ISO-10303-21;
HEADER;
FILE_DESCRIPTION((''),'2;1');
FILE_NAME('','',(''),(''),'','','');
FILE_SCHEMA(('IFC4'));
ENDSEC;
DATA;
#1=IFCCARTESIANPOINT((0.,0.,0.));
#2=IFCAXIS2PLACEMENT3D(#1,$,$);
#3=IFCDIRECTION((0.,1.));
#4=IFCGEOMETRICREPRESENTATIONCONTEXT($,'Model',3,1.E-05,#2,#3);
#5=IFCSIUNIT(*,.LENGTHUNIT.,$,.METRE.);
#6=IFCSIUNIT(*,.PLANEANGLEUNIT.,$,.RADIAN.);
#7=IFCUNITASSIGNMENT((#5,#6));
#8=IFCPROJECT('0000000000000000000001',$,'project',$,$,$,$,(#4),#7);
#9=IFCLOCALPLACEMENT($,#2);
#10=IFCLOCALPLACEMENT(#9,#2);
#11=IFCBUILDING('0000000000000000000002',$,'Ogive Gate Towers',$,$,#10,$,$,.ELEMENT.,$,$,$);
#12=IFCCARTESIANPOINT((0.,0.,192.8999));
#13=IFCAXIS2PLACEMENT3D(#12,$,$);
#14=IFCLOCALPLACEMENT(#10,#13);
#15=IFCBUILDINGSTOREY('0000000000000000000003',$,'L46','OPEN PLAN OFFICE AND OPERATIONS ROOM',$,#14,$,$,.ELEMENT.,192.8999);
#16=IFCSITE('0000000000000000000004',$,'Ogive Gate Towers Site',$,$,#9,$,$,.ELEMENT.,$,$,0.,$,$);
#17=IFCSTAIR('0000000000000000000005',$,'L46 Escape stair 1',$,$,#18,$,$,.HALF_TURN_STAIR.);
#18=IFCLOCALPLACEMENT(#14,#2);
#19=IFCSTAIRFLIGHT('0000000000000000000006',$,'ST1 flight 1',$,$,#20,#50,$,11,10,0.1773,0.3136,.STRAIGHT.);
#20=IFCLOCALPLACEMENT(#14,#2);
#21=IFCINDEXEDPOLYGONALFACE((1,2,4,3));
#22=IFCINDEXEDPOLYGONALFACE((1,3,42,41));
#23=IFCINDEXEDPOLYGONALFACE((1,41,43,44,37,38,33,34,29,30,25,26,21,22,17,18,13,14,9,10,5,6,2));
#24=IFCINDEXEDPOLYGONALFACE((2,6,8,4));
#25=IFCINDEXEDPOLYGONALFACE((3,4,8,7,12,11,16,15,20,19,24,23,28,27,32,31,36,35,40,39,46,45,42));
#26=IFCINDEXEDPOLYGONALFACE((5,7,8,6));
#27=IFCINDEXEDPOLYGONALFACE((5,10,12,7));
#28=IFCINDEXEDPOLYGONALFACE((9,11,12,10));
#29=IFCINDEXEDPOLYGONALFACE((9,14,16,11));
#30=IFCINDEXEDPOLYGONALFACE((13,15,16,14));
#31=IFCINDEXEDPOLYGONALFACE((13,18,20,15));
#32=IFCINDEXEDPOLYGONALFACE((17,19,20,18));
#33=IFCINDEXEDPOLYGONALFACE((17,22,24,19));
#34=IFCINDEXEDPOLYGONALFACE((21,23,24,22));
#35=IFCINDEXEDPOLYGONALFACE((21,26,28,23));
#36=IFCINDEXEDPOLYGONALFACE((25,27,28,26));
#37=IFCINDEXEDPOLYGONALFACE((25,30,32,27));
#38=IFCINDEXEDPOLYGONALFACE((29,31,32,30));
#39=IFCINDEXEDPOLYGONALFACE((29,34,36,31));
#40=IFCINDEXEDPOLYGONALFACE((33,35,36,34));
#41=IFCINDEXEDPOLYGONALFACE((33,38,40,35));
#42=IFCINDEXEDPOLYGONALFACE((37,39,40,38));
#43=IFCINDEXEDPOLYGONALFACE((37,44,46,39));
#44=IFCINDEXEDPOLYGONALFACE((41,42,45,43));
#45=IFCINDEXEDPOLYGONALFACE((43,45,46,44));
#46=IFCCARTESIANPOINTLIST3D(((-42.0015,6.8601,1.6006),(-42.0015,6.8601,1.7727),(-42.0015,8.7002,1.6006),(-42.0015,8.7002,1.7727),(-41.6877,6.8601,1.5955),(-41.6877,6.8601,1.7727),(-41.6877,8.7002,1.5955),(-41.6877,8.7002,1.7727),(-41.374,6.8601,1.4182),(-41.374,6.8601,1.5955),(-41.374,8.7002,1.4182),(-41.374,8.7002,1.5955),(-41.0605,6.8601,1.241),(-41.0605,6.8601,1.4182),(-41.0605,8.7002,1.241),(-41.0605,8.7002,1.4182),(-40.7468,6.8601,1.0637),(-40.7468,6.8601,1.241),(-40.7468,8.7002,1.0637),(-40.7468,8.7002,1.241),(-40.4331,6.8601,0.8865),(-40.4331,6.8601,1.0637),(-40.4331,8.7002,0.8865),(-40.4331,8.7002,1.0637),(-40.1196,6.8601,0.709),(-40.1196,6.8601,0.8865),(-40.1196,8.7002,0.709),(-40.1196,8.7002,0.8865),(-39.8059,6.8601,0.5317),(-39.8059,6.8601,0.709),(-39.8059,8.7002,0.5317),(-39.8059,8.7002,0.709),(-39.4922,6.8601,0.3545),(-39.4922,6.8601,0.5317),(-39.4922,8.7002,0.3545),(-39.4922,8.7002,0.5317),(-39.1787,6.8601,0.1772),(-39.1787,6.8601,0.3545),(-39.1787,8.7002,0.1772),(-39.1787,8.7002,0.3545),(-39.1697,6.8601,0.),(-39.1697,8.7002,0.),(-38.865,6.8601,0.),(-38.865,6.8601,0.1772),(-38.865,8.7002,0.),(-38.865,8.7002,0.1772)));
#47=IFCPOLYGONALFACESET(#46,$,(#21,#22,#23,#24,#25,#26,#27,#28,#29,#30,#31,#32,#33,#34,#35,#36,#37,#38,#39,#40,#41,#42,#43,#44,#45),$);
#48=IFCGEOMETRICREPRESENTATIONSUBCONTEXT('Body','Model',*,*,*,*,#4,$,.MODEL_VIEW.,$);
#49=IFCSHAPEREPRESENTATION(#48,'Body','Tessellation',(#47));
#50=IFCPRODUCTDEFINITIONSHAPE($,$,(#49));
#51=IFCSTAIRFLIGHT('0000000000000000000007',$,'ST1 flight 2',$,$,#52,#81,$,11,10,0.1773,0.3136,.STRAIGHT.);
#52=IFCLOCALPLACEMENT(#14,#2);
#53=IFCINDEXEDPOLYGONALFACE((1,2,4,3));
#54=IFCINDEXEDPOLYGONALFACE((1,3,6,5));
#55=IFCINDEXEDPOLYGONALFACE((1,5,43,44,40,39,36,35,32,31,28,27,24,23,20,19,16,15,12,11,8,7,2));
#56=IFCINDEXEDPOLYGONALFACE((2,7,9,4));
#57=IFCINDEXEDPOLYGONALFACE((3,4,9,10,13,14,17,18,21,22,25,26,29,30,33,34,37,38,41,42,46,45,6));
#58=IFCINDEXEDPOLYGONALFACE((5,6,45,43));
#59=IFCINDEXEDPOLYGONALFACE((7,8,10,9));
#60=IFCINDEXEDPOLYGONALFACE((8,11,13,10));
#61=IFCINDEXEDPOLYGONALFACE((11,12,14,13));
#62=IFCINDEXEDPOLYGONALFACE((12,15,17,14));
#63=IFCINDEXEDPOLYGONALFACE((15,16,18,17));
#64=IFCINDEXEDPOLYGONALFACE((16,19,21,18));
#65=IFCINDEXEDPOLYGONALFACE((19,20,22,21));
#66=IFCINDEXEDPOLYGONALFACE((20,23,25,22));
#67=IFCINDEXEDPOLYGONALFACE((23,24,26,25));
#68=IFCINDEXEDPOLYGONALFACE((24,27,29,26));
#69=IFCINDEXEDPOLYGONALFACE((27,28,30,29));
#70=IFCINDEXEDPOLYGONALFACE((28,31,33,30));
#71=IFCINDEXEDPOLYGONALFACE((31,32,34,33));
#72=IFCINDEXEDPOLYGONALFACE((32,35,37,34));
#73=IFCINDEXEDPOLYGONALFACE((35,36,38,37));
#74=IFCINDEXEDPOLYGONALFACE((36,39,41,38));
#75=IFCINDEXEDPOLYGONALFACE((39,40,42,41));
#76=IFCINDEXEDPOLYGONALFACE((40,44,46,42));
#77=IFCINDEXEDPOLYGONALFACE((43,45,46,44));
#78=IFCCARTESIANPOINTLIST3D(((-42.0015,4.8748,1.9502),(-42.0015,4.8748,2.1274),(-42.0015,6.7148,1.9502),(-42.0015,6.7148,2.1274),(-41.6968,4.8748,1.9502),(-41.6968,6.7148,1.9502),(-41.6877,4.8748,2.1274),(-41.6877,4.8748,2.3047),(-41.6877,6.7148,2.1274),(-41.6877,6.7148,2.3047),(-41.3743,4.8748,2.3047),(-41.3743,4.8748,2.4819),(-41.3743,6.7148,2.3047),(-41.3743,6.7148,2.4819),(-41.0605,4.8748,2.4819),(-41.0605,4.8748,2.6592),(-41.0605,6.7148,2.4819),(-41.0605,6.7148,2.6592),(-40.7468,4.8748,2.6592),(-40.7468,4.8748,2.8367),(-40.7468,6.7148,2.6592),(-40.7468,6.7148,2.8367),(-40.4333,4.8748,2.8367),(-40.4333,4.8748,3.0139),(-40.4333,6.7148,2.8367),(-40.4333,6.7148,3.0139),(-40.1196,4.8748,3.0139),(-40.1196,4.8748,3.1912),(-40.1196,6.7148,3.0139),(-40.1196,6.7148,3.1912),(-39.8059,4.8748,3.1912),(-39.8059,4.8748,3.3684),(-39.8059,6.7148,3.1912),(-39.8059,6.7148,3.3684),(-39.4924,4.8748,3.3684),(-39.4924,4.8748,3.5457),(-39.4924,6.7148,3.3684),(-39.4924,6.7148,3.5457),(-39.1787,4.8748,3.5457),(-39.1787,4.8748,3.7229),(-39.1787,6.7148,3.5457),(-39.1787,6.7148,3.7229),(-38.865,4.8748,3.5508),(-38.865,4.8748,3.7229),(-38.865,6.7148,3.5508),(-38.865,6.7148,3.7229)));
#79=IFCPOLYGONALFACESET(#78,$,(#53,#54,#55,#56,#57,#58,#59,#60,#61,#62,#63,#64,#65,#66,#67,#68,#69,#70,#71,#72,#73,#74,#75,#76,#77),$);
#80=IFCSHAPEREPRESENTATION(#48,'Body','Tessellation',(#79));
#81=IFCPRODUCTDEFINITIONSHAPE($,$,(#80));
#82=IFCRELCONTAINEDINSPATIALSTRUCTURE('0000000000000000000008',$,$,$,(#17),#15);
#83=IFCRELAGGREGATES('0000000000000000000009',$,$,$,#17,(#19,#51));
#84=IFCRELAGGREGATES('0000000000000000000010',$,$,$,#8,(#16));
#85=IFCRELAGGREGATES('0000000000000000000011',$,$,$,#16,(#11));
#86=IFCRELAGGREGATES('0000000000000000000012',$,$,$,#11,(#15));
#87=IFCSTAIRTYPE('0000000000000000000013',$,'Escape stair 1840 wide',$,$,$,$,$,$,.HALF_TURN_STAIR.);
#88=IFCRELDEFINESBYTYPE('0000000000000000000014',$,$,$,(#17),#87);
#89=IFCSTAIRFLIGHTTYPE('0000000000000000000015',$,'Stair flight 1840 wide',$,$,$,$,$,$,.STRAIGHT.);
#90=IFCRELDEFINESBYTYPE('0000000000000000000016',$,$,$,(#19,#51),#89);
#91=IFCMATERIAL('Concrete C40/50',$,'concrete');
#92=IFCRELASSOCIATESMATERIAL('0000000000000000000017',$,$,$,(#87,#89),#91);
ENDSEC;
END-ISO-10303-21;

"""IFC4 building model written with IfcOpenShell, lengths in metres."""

from ifc_helpers import new_model, si_unit, direction, frame, origin, place, context, subcontext, project, spatial, polyline, outline, extrude, material, type_object, element, aggregate, save


model = new_model("IFC4")

# Units and contexts
model_context = context("Model", 3, precision=1e-05, world=origin(), true_north=direction((0.0, 1.0)))
body_context = subcontext(model_context, "Body", "Model", "MODEL_VIEW")
ifc_project = project(units=[si_unit("LENGTHUNIT", "METRE"), si_unit("PLANEANGLEUNIT", "RADIAN")], contexts=[model_context])

# Site, building, storey
site_placement = place(None, origin())
site = spatial("IfcSite", under=ifc_project, at=site_placement, Name="Ogive Gate Towers Site", CompositionType="ELEMENT", RefElevation=0.0)
building_placement = place(site_placement, origin())
building = spatial("IfcBuilding", under=site, at=building_placement, Name="Ogive Gate Towers", CompositionType="ELEMENT")
storey_placement = place(building_placement, frame((0.0, 0.0, 192.8999)))
storey = spatial("IfcBuildingStorey", under=building, at=storey_placement, Name="L46", Description="OPEN PLAN OFFICE AND OPERATIONS ROOM", CompositionType="ELEMENT", Elevation=192.8999)

# Stair, stair flights
ifc_material_1 = material(Name="Concrete C40/50", Category="concrete")
stair_type = type_object("IfcStairType", Name="Escape stair 1840 wide", PredefinedType="HALF_TURN_STAIR", material=ifc_material_1)
stair_placement = place(storey_placement, origin())
stair = element("IfcStair", 1, at=stair_placement, inside=storey, type_object=stair_type, Name="L46 Escape stair 1", PredefinedType="HALF_TURN_STAIR")
stair_flight_type = type_object("IfcStairFlightType", Name="Stair flight 1840 wide", PredefinedType="STRAIGHT", material=ifc_material_1)
stair_flight_1_placement = place(storey_placement, frame((-38.865, 7.78, 0.0), z_axis=(0.0, 0.0, 1.0), x_axis=(-1.0, 0.0, 0.0)))
stair_flight_1 = element("IfcStairFlight", 2, at=stair_flight_1_placement, type_object=stair_flight_type, Name="ST1 flight 1", NumberOfRisers=11, NumberOfTreads=10, PredefinedType="STRAIGHT", RiserHeight=0.1773, TreadLength=0.3136, context=body_context, shape_type="SweptSolid", body=[
    extrude(outline(polyline([(0.0, 0.0), (0.0, 0.1772), (0.3137, 0.1772), (0.3137, 0.3545), (0.6272, 0.3545), (0.6272, 0.5317), (0.9409, 0.5317), (0.9409, 0.709), (1.2546, 0.709), (1.2546, 0.8865), (1.5681, 0.8865), (1.5681, 1.0637), (1.8818, 1.0637), (1.8818, 1.241), (2.1956, 1.241), (2.1956, 1.4182), (2.509, 1.4182), (2.509, 1.5955), (2.8228, 1.5955), (2.8228, 1.7727), (3.1365, 1.7727), (3.1365, 1.95), (3.1365, 1.6006), (0.3047, 0.0), (0.0, 0.0)])), frame((0.0, 0.9199, 0.0), z_axis=(0.0, -1.0, 0.0), x_axis=(1.0, 0.0, 0.0)), (0.0, 0.0, 1.0), 1.8401),
])
stair_flight_2_placement = place(storey_placement, frame((-42.0015, 5.7949, 1.9502), z_axis=(0.0, 0.0, 1.0), x_axis=(1.0, 0.0, 0.0)))
stair_flight_2 = element("IfcStairFlight", 3, at=stair_flight_2_placement, type_object=stair_flight_type, Name="ST1 flight 2", NumberOfRisers=11, NumberOfTreads=10, PredefinedType="STRAIGHT", RiserHeight=0.1773, TreadLength=0.3136, context=body_context, shape_type="SweptSolid", body=[
    extrude(outline(polyline([(0.0, 0.0), (0.0, 0.1772), (0.3137, 0.1772), (0.3137, 0.3545), (0.6272, 0.3545), (0.6272, 0.5317), (0.9409, 0.5317), (0.9409, 0.709), (1.2546, 0.709), (1.2546, 0.8865), (1.5681, 0.8865), (1.5681, 1.0637), (1.8818, 1.0637), (1.8818, 1.241), (2.1956, 1.241), (2.1956, 1.4182), (2.509, 1.4182), (2.509, 1.5955), (2.8228, 1.5955), (2.8228, 1.7727), (3.1365, 1.7727), (3.1365, 1.95), (3.1365, 1.6006), (0.3047, 0.0), (0.0, 0.0)])), frame((0.0, 0.9199, 0.0), z_axis=(0.0, -1.0, 0.0), x_axis=(1.0, 0.0, 0.0)), (0.0, 0.0, 1.0), 1.8401),
])
aggregate(stair, [stair_flight_1, stair_flight_2])

save(model, "model.ifc")
